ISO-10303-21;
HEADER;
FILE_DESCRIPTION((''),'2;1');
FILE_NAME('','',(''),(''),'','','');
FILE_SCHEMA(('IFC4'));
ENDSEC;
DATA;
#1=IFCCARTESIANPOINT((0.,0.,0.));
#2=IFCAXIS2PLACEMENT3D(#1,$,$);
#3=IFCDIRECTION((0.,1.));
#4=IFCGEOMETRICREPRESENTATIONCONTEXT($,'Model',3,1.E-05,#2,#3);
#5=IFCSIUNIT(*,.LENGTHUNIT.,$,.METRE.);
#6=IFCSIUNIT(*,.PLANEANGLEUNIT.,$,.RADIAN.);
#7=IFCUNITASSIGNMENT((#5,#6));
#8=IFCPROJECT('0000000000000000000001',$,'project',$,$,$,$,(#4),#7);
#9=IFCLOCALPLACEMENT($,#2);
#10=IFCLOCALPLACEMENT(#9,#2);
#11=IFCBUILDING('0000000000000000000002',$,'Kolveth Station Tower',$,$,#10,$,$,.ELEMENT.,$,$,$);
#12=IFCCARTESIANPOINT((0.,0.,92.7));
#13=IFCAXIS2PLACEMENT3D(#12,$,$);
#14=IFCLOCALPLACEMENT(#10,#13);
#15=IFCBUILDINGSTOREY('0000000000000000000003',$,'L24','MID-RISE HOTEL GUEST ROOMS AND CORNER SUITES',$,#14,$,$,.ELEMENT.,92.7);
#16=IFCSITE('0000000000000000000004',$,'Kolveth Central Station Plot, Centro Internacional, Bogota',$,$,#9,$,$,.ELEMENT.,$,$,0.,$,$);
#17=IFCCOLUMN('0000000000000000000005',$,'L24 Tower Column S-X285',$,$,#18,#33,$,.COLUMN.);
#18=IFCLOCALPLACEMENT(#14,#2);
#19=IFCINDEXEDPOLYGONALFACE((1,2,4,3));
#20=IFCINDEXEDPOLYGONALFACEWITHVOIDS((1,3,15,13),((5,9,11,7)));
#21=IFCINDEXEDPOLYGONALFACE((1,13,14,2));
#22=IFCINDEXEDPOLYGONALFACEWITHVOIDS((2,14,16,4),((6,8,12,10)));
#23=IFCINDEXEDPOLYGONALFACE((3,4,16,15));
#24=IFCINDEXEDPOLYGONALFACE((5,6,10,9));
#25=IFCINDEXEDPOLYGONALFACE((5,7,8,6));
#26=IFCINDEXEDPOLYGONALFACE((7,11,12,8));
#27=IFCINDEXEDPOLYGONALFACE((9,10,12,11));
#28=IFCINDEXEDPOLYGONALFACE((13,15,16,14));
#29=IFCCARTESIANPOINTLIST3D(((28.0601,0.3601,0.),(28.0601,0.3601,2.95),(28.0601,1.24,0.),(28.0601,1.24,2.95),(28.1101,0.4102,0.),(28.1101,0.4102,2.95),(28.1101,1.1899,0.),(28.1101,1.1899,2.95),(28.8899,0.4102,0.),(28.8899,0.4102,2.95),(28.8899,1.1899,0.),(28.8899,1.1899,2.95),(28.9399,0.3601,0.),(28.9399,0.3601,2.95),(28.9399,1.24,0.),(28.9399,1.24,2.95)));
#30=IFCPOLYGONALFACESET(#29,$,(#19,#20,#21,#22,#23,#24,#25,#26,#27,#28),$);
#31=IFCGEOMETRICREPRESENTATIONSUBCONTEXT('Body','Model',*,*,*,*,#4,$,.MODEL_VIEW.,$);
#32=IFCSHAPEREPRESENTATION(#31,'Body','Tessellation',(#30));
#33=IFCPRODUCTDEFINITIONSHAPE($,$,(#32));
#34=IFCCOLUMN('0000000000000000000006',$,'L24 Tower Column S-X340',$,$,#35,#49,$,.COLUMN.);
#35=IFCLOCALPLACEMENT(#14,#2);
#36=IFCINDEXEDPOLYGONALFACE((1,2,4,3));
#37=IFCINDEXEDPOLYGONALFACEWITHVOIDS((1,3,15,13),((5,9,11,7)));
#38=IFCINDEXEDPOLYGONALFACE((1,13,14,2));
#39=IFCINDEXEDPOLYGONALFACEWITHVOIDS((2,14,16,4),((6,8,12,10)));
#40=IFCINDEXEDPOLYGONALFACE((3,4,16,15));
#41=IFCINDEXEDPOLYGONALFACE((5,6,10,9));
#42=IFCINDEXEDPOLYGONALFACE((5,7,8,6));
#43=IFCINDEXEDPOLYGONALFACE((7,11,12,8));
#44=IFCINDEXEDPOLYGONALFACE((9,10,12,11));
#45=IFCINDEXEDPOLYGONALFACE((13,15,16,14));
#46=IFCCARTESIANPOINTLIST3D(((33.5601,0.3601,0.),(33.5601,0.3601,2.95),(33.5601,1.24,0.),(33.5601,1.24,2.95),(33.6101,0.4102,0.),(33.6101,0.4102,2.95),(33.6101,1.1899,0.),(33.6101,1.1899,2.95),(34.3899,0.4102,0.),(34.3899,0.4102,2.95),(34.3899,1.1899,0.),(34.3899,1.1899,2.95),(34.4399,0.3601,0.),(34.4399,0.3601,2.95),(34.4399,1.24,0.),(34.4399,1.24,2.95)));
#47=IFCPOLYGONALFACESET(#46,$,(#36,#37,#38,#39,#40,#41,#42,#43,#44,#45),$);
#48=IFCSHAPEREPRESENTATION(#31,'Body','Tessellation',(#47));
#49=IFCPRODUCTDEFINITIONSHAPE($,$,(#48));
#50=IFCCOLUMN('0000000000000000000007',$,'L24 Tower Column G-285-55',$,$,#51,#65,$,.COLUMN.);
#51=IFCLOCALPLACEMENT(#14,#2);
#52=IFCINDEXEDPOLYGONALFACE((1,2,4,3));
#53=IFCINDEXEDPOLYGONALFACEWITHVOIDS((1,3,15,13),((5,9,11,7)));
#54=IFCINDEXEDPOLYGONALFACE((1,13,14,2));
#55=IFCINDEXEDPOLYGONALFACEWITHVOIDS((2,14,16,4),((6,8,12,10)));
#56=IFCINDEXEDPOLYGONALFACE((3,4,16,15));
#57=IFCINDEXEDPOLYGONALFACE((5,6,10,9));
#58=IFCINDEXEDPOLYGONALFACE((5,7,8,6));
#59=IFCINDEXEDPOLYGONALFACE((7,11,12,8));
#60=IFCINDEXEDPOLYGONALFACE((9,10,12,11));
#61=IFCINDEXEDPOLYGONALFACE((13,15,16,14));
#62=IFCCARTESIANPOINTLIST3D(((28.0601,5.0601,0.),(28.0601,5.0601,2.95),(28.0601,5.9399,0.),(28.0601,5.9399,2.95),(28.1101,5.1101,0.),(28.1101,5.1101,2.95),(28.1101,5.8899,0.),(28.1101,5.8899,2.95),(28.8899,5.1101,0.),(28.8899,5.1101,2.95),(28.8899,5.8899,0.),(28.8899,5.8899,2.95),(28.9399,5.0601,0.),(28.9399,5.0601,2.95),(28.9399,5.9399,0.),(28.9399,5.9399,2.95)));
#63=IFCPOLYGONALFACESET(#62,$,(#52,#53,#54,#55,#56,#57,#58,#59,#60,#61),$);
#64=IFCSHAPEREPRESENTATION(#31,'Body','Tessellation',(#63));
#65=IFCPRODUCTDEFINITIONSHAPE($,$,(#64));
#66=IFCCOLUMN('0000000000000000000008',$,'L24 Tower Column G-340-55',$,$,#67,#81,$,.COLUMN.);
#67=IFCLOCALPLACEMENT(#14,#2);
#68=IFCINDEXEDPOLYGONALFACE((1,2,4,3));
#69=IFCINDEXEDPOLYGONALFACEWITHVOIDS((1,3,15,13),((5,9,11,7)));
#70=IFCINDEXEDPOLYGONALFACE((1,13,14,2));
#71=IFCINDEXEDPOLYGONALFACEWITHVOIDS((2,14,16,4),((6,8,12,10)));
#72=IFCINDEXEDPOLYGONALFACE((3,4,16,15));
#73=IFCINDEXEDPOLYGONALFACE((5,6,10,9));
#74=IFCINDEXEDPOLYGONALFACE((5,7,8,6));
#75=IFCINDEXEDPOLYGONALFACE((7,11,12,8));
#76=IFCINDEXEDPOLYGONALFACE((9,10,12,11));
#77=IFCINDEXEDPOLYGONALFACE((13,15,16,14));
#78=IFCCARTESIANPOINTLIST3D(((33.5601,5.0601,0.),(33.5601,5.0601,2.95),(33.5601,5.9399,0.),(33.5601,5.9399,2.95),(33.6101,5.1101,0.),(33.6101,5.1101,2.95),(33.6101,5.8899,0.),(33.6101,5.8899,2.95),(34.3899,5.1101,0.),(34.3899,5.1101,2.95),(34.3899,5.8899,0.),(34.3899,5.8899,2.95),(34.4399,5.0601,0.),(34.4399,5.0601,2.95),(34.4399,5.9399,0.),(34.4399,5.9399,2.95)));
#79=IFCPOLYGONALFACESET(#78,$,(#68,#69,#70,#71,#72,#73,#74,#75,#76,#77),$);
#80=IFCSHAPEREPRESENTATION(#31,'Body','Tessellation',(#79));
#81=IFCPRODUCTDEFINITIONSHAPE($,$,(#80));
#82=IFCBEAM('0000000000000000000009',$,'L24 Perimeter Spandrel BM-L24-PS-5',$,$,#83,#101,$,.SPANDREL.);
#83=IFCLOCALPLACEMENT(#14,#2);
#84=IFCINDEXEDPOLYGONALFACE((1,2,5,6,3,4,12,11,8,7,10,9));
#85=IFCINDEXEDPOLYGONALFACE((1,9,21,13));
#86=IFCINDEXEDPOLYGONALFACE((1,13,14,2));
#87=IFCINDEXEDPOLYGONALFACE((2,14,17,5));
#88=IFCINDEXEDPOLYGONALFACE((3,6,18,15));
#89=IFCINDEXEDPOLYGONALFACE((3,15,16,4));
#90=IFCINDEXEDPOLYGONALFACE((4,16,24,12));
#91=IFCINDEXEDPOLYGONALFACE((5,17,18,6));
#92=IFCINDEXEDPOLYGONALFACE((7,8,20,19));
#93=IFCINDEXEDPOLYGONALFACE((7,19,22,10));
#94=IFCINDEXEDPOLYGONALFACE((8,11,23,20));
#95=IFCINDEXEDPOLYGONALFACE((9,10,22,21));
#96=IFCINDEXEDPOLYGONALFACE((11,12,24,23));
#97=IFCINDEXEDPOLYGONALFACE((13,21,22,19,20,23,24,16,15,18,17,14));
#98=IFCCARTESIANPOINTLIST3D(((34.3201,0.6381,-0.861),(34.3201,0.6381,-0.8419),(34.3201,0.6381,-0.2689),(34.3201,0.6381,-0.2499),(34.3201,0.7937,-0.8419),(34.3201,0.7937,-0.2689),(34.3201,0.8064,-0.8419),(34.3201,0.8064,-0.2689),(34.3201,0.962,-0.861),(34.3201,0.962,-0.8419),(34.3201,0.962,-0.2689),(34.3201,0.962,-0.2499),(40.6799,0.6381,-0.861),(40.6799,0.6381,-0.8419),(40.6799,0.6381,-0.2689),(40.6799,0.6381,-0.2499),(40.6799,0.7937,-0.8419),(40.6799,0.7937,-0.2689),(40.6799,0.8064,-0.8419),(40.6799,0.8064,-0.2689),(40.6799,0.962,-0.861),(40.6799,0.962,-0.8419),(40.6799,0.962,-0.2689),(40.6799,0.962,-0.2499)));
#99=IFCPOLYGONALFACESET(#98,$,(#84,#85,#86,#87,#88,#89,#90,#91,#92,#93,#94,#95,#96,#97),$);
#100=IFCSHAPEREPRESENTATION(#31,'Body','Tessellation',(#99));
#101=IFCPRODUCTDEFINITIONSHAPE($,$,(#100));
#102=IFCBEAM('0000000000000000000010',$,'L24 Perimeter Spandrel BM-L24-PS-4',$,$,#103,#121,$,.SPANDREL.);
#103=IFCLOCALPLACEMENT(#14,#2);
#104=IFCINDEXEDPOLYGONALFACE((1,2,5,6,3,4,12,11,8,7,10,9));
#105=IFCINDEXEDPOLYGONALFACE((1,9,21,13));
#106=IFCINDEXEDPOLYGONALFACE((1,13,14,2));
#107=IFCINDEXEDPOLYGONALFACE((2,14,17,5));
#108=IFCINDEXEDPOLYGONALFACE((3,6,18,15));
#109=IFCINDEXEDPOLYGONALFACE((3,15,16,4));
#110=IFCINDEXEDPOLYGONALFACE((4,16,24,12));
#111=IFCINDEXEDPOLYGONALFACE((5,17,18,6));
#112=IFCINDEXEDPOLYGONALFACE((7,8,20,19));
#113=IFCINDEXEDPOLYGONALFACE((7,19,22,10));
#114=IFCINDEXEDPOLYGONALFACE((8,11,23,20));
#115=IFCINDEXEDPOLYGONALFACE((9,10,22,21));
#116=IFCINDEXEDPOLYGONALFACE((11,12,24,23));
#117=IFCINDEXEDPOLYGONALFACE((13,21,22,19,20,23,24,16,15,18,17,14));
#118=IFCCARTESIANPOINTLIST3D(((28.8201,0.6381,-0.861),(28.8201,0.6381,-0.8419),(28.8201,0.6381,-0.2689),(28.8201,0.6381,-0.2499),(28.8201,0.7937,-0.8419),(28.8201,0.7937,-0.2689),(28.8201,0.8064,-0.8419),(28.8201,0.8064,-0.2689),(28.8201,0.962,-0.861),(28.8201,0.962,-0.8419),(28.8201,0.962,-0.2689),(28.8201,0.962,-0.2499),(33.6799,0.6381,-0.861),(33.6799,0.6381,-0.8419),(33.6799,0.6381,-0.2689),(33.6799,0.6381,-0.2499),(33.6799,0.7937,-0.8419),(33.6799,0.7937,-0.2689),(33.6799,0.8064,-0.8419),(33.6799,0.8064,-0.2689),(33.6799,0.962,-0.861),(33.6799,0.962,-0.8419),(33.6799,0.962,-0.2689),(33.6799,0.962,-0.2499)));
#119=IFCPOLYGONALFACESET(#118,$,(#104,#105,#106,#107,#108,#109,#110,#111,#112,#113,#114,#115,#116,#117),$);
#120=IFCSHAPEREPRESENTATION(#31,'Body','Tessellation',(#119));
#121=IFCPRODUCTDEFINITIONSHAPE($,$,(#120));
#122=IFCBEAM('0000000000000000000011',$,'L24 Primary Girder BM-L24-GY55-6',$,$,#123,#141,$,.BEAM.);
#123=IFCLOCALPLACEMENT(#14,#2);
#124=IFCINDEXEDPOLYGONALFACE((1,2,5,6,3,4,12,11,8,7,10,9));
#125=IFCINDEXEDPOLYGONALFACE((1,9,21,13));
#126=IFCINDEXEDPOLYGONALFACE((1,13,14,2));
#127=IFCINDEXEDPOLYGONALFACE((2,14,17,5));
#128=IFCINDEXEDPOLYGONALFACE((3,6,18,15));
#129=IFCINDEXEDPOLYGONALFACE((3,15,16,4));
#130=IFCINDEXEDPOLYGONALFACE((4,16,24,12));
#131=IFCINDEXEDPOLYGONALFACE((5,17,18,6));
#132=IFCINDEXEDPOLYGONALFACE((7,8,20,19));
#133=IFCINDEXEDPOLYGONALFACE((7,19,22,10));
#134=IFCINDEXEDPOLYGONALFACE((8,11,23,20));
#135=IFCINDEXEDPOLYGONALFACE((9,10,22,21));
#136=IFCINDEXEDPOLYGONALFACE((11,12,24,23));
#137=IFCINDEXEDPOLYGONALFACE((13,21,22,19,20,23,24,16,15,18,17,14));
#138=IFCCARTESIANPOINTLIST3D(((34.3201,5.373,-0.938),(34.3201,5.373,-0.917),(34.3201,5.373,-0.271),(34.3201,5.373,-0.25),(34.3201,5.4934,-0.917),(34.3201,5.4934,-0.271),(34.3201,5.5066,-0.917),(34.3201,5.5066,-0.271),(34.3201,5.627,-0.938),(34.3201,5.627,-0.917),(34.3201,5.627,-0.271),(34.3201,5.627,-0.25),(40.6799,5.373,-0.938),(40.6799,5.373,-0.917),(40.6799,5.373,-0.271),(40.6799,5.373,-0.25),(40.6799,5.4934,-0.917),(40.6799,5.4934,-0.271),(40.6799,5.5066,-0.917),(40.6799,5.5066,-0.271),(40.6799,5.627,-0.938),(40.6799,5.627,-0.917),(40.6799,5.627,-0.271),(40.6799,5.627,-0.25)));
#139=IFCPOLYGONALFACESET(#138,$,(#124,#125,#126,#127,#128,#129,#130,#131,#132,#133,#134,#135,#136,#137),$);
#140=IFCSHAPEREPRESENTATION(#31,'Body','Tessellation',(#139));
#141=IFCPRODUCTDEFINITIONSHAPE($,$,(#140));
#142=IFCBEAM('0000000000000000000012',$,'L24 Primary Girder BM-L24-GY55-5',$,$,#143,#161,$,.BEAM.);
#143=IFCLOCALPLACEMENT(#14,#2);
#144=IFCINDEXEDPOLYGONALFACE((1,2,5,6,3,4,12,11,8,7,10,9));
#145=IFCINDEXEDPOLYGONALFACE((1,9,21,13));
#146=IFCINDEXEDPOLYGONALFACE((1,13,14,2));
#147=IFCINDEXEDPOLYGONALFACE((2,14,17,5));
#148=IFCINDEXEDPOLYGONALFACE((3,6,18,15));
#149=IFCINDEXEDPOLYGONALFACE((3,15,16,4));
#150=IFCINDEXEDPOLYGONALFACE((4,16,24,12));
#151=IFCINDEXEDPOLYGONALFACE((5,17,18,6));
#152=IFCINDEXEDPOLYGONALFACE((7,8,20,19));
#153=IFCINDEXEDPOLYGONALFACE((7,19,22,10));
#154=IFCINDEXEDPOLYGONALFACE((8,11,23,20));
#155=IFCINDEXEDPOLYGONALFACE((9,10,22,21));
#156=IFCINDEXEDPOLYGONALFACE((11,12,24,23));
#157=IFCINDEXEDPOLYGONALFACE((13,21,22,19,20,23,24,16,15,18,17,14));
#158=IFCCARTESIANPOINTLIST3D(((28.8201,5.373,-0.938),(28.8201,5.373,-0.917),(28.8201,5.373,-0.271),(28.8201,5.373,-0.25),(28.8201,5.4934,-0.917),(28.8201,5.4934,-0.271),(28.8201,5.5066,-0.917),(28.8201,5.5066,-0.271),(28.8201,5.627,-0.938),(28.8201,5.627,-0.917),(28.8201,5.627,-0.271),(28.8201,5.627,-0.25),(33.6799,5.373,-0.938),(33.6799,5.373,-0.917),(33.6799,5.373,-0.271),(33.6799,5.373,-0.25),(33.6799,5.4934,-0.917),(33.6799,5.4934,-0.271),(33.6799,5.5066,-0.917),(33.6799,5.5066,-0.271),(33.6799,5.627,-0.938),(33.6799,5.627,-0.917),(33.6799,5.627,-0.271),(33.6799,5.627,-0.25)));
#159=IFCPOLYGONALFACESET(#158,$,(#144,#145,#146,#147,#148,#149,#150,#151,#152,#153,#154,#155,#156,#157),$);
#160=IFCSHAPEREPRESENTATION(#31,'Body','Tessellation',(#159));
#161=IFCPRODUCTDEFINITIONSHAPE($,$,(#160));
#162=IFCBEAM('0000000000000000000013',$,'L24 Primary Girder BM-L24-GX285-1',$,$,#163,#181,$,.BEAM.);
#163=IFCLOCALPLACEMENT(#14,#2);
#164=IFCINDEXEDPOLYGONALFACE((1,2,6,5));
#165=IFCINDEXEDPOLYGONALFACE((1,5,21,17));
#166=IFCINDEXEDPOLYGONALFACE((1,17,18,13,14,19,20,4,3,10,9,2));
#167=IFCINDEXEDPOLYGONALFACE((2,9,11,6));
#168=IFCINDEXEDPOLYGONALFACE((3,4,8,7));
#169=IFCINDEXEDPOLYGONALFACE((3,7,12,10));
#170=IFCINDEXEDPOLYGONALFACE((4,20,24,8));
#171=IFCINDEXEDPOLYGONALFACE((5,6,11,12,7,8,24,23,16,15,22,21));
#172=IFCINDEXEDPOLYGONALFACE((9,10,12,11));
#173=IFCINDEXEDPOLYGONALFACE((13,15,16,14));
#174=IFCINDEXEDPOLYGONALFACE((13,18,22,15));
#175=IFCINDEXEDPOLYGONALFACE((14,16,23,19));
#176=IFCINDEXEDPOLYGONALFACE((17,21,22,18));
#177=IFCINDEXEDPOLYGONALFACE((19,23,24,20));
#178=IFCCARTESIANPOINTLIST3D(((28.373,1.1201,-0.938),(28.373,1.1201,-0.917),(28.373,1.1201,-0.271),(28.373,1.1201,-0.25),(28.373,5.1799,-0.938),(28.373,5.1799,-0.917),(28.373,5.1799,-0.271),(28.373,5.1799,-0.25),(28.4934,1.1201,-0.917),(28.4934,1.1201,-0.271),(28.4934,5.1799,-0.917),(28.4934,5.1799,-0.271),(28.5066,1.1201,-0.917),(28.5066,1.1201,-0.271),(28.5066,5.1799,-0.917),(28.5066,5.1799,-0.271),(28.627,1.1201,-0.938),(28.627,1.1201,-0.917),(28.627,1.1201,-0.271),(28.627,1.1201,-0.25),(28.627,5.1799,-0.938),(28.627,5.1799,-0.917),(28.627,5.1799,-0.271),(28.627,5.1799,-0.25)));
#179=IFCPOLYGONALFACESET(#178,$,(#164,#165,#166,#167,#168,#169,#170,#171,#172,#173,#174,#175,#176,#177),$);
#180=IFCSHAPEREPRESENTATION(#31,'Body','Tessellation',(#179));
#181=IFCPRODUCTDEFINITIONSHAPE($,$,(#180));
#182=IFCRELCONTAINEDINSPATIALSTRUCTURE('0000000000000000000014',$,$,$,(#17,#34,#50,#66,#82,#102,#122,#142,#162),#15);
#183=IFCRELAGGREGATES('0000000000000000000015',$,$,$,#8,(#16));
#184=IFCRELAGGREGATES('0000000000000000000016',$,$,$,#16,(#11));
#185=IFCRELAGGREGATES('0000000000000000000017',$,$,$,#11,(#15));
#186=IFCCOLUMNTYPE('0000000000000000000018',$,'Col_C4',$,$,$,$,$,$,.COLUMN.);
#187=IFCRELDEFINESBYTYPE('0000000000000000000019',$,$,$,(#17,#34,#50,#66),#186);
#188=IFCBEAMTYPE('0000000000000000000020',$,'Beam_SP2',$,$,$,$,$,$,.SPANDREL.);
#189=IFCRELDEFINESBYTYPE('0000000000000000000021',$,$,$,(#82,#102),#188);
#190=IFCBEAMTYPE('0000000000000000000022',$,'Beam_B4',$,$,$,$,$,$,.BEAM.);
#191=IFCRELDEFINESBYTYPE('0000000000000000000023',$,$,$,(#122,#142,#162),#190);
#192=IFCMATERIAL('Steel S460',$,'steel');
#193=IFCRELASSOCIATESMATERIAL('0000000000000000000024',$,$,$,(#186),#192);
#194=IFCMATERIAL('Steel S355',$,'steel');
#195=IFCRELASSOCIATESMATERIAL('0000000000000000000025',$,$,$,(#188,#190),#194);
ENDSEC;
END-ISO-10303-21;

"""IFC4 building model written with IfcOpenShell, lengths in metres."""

from ifc_helpers import new_model, si_unit, direction, frame, origin, origin_2d, place, context, subcontext, project, spatial, hollow_rectangle, i_section, extrude, source, transform, mapped, material, material_profile, profile_set, type_object, element, save


model = new_model("IFC4")

# Units and contexts
model_context = context("Model", 3, precision=1e-05, world=origin(), true_north=direction((0.0, 1.0)))
body_context = subcontext(model_context, "Body", "Model", "MODEL_VIEW")
ifc_project = project(units=[si_unit("LENGTHUNIT", "METRE"), si_unit("PLANEANGLEUNIT", "RADIAN")], contexts=[model_context])

# Site, building, storey
site_placement = place(None, origin())
site = spatial("IfcSite", under=ifc_project, at=site_placement, Name="Kolveth Central Station Plot, Centro Internacional, Bogota", CompositionType="ELEMENT", RefElevation=0.0)
building_placement = place(site_placement, origin())
building = spatial("IfcBuilding", under=site, at=building_placement, Name="Kolveth Station Tower", CompositionType="ELEMENT")
storey_placement = place(building_placement, frame((0.0, 0.0, 92.7)))
storey = spatial("IfcBuildingStorey", under=building, at=storey_placement, Name="L24", Description="MID-RISE HOTEL GUEST ROOMS AND CORNER SUITES", CompositionType="ELEMENT", Elevation=92.7)

# Columns
ifc_material_1 = material(Name="Steel S460", Category="steel")
ifc_material_profile_1 = material_profile(ifc_material_1, hollow_rectangle(XDim=0.8799, YDim=0.8799, WallThickness=0.05, at=origin_2d()), Name="BOX880x880x50")
ifc_profile_set_1 = profile_set([ifc_material_profile_1], Name="Steel S460")
column_type = type_object("IfcColumnType", Name="Col_C4", PredefinedType="COLUMN", material=ifc_profile_set_1)
shared_shape_1 = source(origin(), body_context, "Body", "SweptSolid", [
    extrude(hollow_rectangle(XDim=0.8799, YDim=0.8799, WallThickness=0.05, at=origin_2d()), origin(), (0.0, 0.0, 1.0), 2.95),
])
for number, where, z_axis, x_axis, name in (
    (1, (28.5, 0.8, 0.0), (0.0, 0.0, 1.0), (1.0, 0.0, 0.0), "L24 Tower Column S-X285"),
    (2, (34.0, 0.8, 0.0), (0.0, 0.0, 1.0), (1.0, 0.0, 0.0), "L24 Tower Column S-X340"),
    (3, (28.5, 5.5, 0.0), (0.0, 0.0, 1.0), (1.0, 0.0, 0.0), "L24 Tower Column G-285-55"),
    (4, (34.0, 5.5, 0.0), (0.0, 0.0, 1.0), (1.0, 0.0, 0.0), "L24 Tower Column G-340-55"),
):
    element("IfcColumn", number, at=place(storey_placement, frame(where, z_axis=z_axis, x_axis=x_axis)), inside=storey, type_object=column_type, Name=name, PredefinedType="COLUMN", context=body_context, shape_type="MappedRepresentation", body=[
        mapped(shared_shape_1, transform((0.0, 0.0, 0.0), x_axis=(1.0, 0.0, 0.0), y_axis=(0.0, 1.0, 0.0), z_axis=(0.0, 0.0, 1.0), scale=1.0)),
    ])

# Beams
ifc_material_2 = material(Name="Steel S355", Category="steel")
ifc_material_profile_2 = material_profile(ifc_material_2, i_section(OverallWidth=0.324, OverallDepth=0.6111, WebThickness=0.0127, FlangeThickness=0.019, at=origin_2d()), Name="W610x155")
ifc_profile_set_2 = profile_set([ifc_material_profile_2], Name="Steel S355")
beam_type_1 = type_object("IfcBeamType", Name="Beam_SP2", PredefinedType="SPANDREL", material=ifc_profile_set_2)
shared_shape_2 = source(origin(), body_context, "Body", "SweptSolid", [
    extrude(i_section(OverallWidth=0.324, OverallDepth=0.6111, WebThickness=0.0127, FlangeThickness=0.019, at=origin_2d()), origin(), (0.0, 0.0, 1.0), 6.3599),
])
beam_1_placement = place(storey_placement, frame((34.3201, 0.8, -0.5554), z_axis=(1.0, 0.0, 0.0), x_axis=(0.0, 1.0, 0.0)))
element("IfcBeam", 5, at=beam_1_placement, inside=storey, type_object=beam_type_1, Name="L24 Perimeter Spandrel BM-L24-PS-5", PredefinedType="SPANDREL", context=body_context, shape_type="MappedRepresentation", body=[
    mapped(shared_shape_2, transform((0.0, 0.0, 0.0), x_axis=(1.0, 0.0, 0.0), y_axis=(0.0, 1.0, 0.0), z_axis=(0.0, 0.0, 1.0), scale=1.0)),
])
shared_shape_3 = source(origin(), body_context, "Body", "SweptSolid", [
    extrude(i_section(OverallWidth=0.324, OverallDepth=0.6111, WebThickness=0.0127, FlangeThickness=0.019, at=origin_2d()), origin(), (0.0, 0.0, 1.0), 4.8599),
])
beam_2_placement = place(storey_placement, frame((28.8201, 0.8, -0.5554), z_axis=(1.0, 0.0, 0.0), x_axis=(0.0, 1.0, 0.0)))
element("IfcBeam", 6, at=beam_2_placement, inside=storey, type_object=beam_type_1, Name="L24 Perimeter Spandrel BM-L24-PS-4", PredefinedType="SPANDREL", context=body_context, shape_type="MappedRepresentation", body=[
    mapped(shared_shape_3, transform((0.0, 0.0, 0.0), x_axis=(1.0, 0.0, 0.0), y_axis=(0.0, 1.0, 0.0), z_axis=(0.0, 0.0, 1.0), scale=1.0)),
])
ifc_material_profile_3 = material_profile(ifc_material_2, i_section(OverallWidth=0.2539, OverallDepth=0.688, WebThickness=0.0132, FlangeThickness=0.021, at=origin_2d()), Name="W690x152")
ifc_profile_set_3 = profile_set([ifc_material_profile_3], Name="Steel S355")
beam_type_2 = type_object("IfcBeamType", Name="Beam_B4", PredefinedType="BEAM", material=ifc_profile_set_3)
shared_shape_4 = source(origin(), body_context, "Body", "SweptSolid", [
    extrude(i_section(OverallWidth=0.2539, OverallDepth=0.688, WebThickness=0.0132, FlangeThickness=0.021, at=origin_2d()), origin(), (0.0, 0.0, 1.0), 6.3599),
])
beam_3_placement = place(storey_placement, frame((34.3201, 5.5, -0.594), z_axis=(1.0, 0.0, 0.0), x_axis=(0.0, 1.0, 0.0)))
element("IfcBeam", 7, at=beam_3_placement, inside=storey, type_object=beam_type_2, Name="L24 Primary Girder BM-L24-GY55-6", PredefinedType="BEAM", context=body_context, shape_type="MappedRepresentation", body=[
    mapped(shared_shape_4, transform((0.0, 0.0, 0.0), x_axis=(1.0, 0.0, 0.0), y_axis=(0.0, 1.0, 0.0), z_axis=(0.0, 0.0, 1.0), scale=1.0)),
])
shared_shape_5 = source(origin(), body_context, "Body", "SweptSolid", [
    extrude(i_section(OverallWidth=0.2539, OverallDepth=0.688, WebThickness=0.0132, FlangeThickness=0.021, at=origin_2d()), origin(), (0.0, 0.0, 1.0), 4.8599),
])
beam_4_placement = place(storey_placement, frame((28.8201, 5.5, -0.594), z_axis=(1.0, 0.0, 0.0), x_axis=(0.0, 1.0, 0.0)))
element("IfcBeam", 8, at=beam_4_placement, inside=storey, type_object=beam_type_2, Name="L24 Primary Girder BM-L24-GY55-5", PredefinedType="BEAM", context=body_context, shape_type="MappedRepresentation", body=[
    mapped(shared_shape_5, transform((0.0, 0.0, 0.0), x_axis=(1.0, 0.0, 0.0), y_axis=(0.0, 1.0, 0.0), z_axis=(0.0, 0.0, 1.0), scale=1.0)),
])
shared_shape_6 = source(origin(), body_context, "Body", "SweptSolid", [
    extrude(i_section(OverallWidth=0.2539, OverallDepth=0.688, WebThickness=0.0132, FlangeThickness=0.021, at=origin_2d()), origin(), (0.0, 0.0, 1.0), 4.0598),
])
for number, where, z_axis, x_axis, name in (
    (9, (28.5, 1.1201, -0.594), (0.0, 1.0, 0.0), (-1.0, 0.0, 0.0), "L24 Primary Girder BM-L24-GX285-1"),
):
    element("IfcBeam", number, at=place(storey_placement, frame(where, z_axis=z_axis, x_axis=x_axis)), inside=storey, type_object=beam_type_2, Name=name, PredefinedType="BEAM", context=body_context, shape_type="MappedRepresentation", body=[
        mapped(shared_shape_6, transform((0.0, 0.0, 0.0), x_axis=(1.0, 0.0, 0.0), y_axis=(0.0, 1.0, 0.0), z_axis=(0.0, 0.0, 1.0), scale=1.0)),
    ])

save(model, "model.ifc")
